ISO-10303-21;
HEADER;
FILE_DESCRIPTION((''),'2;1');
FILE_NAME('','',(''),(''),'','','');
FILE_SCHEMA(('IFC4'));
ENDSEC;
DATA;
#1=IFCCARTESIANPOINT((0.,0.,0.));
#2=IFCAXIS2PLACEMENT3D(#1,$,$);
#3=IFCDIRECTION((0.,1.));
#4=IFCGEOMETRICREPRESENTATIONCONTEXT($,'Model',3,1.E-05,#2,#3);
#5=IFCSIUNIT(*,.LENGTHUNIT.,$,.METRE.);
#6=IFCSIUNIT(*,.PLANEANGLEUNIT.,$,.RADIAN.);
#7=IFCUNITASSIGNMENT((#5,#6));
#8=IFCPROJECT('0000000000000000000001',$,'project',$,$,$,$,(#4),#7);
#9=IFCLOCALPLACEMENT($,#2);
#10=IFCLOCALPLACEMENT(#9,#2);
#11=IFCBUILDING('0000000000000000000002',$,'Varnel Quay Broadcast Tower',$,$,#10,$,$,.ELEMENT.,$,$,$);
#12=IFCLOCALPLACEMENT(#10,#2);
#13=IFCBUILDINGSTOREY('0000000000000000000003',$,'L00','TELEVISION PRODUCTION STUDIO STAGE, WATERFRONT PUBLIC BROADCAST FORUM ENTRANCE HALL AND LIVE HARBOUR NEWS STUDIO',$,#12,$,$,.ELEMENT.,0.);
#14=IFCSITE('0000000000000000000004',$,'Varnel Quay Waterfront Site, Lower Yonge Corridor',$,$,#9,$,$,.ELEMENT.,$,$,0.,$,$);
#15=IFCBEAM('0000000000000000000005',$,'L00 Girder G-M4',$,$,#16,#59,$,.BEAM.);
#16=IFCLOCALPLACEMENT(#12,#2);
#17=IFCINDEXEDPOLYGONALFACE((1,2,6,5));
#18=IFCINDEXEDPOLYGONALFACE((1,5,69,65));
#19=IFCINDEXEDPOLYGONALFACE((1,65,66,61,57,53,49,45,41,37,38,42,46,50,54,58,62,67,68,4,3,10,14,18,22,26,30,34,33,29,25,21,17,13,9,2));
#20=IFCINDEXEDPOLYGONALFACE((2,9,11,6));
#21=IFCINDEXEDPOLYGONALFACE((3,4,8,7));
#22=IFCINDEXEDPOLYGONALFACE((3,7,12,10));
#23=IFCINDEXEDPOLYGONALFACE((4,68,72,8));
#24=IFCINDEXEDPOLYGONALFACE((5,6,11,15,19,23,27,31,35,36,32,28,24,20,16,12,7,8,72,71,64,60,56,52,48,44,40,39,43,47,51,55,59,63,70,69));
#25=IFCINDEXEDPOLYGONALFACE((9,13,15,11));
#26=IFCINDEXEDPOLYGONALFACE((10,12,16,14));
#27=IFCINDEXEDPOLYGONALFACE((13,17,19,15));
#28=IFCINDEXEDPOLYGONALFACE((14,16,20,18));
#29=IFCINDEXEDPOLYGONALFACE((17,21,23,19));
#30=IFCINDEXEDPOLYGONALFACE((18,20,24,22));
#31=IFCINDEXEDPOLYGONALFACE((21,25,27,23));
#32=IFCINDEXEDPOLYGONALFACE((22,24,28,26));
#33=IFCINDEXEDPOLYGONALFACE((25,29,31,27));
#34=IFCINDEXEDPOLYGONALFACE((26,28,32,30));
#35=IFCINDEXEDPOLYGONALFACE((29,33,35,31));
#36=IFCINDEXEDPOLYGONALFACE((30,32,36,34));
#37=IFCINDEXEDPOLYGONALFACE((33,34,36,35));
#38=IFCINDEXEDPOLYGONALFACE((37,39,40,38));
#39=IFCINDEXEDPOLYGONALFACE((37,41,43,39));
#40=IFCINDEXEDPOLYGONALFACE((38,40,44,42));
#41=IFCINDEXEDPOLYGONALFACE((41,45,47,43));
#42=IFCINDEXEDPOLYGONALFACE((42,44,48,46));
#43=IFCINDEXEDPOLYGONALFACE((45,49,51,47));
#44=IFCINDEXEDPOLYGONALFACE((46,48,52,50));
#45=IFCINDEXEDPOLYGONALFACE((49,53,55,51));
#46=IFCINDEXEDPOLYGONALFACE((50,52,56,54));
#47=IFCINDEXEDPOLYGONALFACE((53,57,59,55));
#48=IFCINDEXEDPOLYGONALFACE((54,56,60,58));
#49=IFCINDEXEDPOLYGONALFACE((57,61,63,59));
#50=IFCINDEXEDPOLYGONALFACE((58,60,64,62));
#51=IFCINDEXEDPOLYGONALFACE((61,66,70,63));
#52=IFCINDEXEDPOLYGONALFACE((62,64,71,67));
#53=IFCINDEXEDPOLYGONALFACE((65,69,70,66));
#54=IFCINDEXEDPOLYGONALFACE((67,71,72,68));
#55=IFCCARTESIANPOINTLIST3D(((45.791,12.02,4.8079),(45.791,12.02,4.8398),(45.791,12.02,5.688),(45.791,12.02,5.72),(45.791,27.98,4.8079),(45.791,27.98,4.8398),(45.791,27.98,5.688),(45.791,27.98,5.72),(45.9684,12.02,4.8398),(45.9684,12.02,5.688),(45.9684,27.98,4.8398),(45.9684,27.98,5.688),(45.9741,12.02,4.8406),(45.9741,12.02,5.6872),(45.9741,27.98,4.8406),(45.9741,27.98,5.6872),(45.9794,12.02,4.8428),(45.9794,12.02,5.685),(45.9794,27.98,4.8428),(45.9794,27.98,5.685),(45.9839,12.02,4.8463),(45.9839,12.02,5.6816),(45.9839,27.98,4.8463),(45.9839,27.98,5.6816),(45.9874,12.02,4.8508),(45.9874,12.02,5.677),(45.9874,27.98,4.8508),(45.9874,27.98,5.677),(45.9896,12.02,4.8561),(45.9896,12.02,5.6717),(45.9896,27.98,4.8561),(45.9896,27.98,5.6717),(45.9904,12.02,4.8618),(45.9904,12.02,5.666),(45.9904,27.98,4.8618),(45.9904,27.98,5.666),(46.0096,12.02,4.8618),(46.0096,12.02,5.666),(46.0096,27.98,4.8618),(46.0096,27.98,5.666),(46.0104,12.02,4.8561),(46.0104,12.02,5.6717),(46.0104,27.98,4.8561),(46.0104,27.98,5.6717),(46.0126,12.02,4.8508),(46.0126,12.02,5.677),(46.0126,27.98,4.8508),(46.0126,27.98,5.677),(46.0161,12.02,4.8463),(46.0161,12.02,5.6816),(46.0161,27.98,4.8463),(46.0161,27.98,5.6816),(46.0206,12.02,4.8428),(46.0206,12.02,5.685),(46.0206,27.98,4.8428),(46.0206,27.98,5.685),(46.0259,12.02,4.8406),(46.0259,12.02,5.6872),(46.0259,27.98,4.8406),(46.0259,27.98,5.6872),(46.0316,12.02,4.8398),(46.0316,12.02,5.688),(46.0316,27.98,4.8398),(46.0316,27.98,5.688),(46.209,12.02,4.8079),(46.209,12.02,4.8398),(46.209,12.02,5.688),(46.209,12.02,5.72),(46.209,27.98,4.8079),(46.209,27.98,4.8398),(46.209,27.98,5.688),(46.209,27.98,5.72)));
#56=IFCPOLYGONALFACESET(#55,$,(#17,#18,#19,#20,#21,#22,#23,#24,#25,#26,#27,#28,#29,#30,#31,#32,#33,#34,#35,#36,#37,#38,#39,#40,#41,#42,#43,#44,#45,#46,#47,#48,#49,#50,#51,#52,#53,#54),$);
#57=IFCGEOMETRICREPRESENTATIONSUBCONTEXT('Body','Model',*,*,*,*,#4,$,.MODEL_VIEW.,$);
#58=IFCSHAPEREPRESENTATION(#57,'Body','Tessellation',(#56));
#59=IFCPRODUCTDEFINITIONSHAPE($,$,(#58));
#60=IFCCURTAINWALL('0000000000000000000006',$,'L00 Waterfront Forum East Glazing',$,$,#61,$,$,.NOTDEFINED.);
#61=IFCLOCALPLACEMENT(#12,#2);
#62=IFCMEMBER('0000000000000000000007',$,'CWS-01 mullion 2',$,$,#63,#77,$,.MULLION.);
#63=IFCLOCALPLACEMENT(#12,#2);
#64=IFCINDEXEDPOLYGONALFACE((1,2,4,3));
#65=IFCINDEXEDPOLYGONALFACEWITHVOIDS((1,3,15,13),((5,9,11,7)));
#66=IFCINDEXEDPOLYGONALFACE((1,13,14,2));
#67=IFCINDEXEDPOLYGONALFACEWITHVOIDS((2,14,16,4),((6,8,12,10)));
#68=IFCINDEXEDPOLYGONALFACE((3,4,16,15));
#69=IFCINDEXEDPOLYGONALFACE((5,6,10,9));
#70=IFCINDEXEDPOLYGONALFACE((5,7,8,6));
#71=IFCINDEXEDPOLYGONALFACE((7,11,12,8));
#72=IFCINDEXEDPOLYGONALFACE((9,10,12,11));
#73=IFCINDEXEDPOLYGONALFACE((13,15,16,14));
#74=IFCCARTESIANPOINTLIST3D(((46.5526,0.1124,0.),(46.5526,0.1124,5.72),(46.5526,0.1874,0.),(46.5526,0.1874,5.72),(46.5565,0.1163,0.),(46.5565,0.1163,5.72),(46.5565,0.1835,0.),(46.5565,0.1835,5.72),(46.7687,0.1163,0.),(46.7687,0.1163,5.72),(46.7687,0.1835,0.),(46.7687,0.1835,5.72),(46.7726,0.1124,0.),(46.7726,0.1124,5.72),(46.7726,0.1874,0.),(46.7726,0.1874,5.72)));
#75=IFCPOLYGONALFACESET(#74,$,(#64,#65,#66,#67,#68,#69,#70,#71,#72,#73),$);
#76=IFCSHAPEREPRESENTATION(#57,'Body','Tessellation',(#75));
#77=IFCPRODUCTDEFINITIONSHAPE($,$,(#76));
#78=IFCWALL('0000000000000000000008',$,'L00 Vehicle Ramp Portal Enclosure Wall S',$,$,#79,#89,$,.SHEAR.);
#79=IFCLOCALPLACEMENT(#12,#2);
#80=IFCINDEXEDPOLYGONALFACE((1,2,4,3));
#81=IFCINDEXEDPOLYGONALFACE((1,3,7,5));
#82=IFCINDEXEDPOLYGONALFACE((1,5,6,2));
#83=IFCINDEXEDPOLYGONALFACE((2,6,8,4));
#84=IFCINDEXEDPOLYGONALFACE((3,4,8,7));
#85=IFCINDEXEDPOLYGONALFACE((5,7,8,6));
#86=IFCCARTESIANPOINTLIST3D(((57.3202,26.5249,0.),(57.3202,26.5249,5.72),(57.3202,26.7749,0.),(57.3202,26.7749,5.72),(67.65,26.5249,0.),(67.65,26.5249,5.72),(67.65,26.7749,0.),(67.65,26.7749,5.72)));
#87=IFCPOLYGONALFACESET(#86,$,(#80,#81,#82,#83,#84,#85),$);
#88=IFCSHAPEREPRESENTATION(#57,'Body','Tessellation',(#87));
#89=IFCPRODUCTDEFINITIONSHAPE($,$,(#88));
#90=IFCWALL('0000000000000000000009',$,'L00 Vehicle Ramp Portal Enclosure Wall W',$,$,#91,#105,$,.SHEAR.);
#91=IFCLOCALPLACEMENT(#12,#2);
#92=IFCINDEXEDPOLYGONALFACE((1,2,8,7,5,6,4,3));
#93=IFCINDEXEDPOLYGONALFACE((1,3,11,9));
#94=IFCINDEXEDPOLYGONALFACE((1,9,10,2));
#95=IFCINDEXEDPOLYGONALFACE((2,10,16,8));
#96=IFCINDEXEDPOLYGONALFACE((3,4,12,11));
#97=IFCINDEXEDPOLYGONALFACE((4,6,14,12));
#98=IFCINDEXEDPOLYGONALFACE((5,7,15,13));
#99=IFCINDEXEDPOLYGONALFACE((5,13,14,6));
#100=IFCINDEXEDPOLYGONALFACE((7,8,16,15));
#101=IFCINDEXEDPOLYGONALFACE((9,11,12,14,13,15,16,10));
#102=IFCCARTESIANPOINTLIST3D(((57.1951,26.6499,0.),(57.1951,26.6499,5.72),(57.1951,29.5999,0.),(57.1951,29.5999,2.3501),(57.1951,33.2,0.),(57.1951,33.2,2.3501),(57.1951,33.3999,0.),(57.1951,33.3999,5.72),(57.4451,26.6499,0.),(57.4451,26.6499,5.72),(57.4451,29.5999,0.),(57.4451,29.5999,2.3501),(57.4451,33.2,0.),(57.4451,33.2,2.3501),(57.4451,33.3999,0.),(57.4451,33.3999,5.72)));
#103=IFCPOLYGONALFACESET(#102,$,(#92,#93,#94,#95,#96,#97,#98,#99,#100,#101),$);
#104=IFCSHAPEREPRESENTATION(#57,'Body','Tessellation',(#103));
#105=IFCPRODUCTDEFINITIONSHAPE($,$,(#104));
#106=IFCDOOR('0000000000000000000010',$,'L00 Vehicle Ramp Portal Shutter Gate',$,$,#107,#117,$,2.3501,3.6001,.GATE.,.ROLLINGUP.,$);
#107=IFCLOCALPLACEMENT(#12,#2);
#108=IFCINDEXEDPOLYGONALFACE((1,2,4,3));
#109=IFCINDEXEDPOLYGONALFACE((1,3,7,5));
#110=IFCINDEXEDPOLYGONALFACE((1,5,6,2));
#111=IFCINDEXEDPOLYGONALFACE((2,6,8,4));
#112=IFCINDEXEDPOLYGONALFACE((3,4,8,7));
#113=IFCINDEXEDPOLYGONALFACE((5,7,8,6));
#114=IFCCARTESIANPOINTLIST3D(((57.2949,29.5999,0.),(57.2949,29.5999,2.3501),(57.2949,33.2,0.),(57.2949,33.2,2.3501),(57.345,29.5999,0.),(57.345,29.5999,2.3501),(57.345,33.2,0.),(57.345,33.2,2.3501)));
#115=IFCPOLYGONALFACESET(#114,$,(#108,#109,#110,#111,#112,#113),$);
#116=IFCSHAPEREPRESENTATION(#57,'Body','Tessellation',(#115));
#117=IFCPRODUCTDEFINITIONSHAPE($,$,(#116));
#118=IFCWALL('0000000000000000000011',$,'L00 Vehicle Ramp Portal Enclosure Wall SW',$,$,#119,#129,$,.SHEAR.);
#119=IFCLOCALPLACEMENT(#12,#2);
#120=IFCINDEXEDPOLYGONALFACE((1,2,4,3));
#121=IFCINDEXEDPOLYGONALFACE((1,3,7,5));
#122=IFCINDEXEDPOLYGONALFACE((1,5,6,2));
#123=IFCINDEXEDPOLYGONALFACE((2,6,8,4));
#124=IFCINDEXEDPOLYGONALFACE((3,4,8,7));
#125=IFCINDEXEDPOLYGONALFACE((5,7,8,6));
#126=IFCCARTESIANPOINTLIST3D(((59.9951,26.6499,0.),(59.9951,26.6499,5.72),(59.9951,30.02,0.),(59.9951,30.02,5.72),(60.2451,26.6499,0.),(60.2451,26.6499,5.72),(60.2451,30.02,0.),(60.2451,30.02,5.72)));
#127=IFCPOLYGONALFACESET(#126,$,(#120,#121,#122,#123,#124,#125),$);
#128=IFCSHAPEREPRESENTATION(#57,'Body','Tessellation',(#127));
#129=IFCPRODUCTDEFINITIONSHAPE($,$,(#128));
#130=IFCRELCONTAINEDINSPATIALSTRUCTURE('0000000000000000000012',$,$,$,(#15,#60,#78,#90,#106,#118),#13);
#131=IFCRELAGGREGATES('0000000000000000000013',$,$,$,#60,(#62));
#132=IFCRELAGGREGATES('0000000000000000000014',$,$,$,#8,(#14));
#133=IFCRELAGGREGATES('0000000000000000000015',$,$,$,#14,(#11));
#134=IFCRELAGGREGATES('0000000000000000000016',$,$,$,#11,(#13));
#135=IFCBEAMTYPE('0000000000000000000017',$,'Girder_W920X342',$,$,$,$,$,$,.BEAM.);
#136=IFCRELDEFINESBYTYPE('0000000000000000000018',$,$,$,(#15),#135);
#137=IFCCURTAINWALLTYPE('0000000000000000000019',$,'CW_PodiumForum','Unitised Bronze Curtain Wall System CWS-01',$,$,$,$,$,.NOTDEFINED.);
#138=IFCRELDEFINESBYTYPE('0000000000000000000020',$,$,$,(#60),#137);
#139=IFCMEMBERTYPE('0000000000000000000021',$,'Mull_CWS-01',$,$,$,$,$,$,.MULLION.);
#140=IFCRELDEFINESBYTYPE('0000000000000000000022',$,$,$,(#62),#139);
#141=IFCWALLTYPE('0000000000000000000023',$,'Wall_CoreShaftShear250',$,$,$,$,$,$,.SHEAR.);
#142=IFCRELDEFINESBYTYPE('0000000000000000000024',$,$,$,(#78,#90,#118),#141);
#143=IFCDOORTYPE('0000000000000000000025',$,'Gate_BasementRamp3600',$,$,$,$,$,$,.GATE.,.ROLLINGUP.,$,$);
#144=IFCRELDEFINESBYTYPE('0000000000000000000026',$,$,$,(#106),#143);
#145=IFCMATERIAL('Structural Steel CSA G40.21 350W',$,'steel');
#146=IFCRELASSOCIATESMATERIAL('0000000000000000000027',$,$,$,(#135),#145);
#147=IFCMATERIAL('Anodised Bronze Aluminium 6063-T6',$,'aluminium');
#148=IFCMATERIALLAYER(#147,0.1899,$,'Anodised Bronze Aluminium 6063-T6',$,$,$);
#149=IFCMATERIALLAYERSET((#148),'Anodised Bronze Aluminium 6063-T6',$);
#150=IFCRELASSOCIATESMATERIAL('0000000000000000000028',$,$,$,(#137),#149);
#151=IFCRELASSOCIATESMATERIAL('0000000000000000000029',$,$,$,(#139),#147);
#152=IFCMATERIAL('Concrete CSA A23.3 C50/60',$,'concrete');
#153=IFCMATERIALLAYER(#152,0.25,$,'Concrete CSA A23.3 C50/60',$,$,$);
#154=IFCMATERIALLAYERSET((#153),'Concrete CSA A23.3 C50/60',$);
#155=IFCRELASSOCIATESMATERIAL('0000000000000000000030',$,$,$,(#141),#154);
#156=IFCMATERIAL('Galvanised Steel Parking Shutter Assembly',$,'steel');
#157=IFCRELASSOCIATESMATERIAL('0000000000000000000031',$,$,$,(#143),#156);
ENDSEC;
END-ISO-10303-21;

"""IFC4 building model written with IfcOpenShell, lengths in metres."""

from ifc_helpers import new_model, si_unit, direction, frame, frame_2d, origin, origin_2d, place, context, subcontext, project, spatial, rectangle, hollow_rectangle, i_section, extrude, source, transform, mapped, material, layer, layer_set, material_profile, profile_set, type_object, type_shapes, element, fill, aggregate, save


model = new_model("IFC4")

# Units and contexts
model_context = context("Model", 3, precision=1e-05, world=origin(), true_north=direction((0.0, 1.0)))
body_context = subcontext(model_context, "Body", "Model", "MODEL_VIEW")
ifc_project = project(units=[si_unit("LENGTHUNIT", "METRE"), si_unit("PLANEANGLEUNIT", "RADIAN")], contexts=[model_context])

# Site, building, storey
site_placement = place(None, origin())
site = spatial("IfcSite", under=ifc_project, at=site_placement, Name="Varnel Quay Waterfront Site, Lower Yonge Corridor", CompositionType="ELEMENT", RefElevation=0.0)
building_placement = place(site_placement, origin())
building = spatial("IfcBuilding", under=site, at=building_placement, Name="Varnel Quay Broadcast Tower", CompositionType="ELEMENT")
storey_placement = place(building_placement, origin())
storey = spatial("IfcBuildingStorey", under=building, at=storey_placement, Name="L00", Description="TELEVISION PRODUCTION STUDIO STAGE, WATERFRONT PUBLIC BROADCAST FORUM ENTRANCE HALL AND LIVE HARBOUR NEWS STUDIO", CompositionType="ELEMENT", Elevation=0.0)

# Shared definitions
ifc_material_1 = material(Name="Structural Steel CSA G40.21 350W", Category="steel")

# Beam
ifc_material_profile_1 = material_profile(ifc_material_1, i_section(OverallWidth=0.418, OverallDepth=0.9121, WebThickness=0.0193, FlangeThickness=0.032, FilletRadius=0.022, at=origin_2d()), Name="W920X342")
ifc_profile_set_1 = profile_set([ifc_material_profile_1], Name="Structural Steel CSA G40.21 350W")
beam_type = type_object("IfcBeamType", Name="Girder_W920X342", PredefinedType="BEAM", material=ifc_profile_set_1)
shared_shape_1 = source(origin(), body_context, "Body", "SweptSolid", [
    extrude(i_section(OverallWidth=0.418, OverallDepth=0.9121, WebThickness=0.0193, FlangeThickness=0.032, FilletRadius=0.022, at=origin_2d()), origin(), (0.0, 0.0, 1.0), 15.96),
])
beam_1_placement = place(storey_placement, frame((46.0, 12.02, 5.2639), z_axis=(0.0, 1.0, 0.0), x_axis=(-1.0, 0.0, 0.0)))
element("IfcBeam", 1, at=beam_1_placement, inside=storey, type_object=beam_type, Name="L00 Girder G-M4", PredefinedType="BEAM", context=body_context, shape_type="MappedRepresentation", body=[
    mapped(shared_shape_1, transform((0.0, 0.0, 0.0), x_axis=(1.0, 0.0, 0.0), y_axis=(0.0, 1.0, 0.0), z_axis=(0.0, 0.0, 1.0), scale=1.0)),
])

# Curtain wall, member
ifc_material_2 = material(Name="Anodised Bronze Aluminium 6063-T6", Category="aluminium")
ifc_layer_1 = layer(ifc_material_2, 0.1899, Name="Anodised Bronze Aluminium 6063-T6")
ifc_layer_set_1 = layer_set([ifc_layer_1], Name="Anodised Bronze Aluminium 6063-T6")
curtain_wall_type = type_object("IfcCurtainWallType", Name="CW_PodiumForum", Description="Unitised Bronze Curtain Wall System CWS-01", PredefinedType="NOTDEFINED", material=ifc_layer_set_1)
curtain_wall_placement = place(storey_placement, origin())
curtain_wall = element("IfcCurtainWall", 2, at=curtain_wall_placement, inside=storey, type_object=curtain_wall_type, Name="L00 Waterfront Forum East Glazing", PredefinedType="NOTDEFINED")
ifc_material_profile_2 = material_profile(ifc_material_2, hollow_rectangle(XDim=0.075, YDim=0.22, WallThickness=0.0039, at=origin_2d()), Name="ALU75X220X4")
ifc_profile_set_2 = profile_set([ifc_material_profile_2], Name="Anodised Bronze Aluminium 6063-T6")
member_type = type_object("IfcMemberType", Name="Mull_CWS-01", PredefinedType="MULLION", material=ifc_profile_set_2)
shared_shape_2 = source(origin(), body_context, "Body", "SweptSolid", [
    extrude(hollow_rectangle(XDim=0.075, YDim=0.22, WallThickness=0.0039, at=origin_2d()), origin(), (0.0, 0.0, 1.0), 5.72),
])
type_shapes(member_type, [shared_shape_2])
member_placement = place(storey_placement, frame((46.6626, 0.1499, 0.0), z_axis=(0.0, 0.0, 1.0), x_axis=(0.0, 1.0, 0.0)))
member = element("IfcMember", 3, at=member_placement, type_object=member_type, Name="CWS-01 mullion 2", PredefinedType="MULLION", context=body_context, shape_type="MappedRepresentation", body=[
    mapped(shared_shape_2, transform((0.0, 0.0, 0.0), x_axis=(1.0, 0.0, 0.0), y_axis=(0.0, 1.0, 0.0), z_axis=(0.0, 0.0, 1.0), scale=1.0)),
])
aggregate(curtain_wall, [member])

# Wall
ifc_material_3 = material(Name="Concrete CSA A23.3 C50/60", Category="concrete")
ifc_layer_2 = layer(ifc_material_3, 0.25, Name="Concrete CSA A23.3 C50/60")
ifc_layer_set_2 = layer_set([ifc_layer_2], Name="Concrete CSA A23.3 C50/60")
wall_type_1 = type_object("IfcWallType", Name="Wall_CoreShaftShear250", PredefinedType="SHEAR", material=ifc_layer_set_2)
wall_1_placement = place(storey_placement, frame((57.3201, 26.6499, 0.0), z_axis=(0.0, 0.0, 1.0), x_axis=(1.0, 0.0, 0.0)))
element("IfcWall", 4, at=wall_1_placement, inside=storey, type_object=wall_type_1, Name="L00 Vehicle Ramp Portal Enclosure Wall S", PredefinedType="SHEAR", context=body_context, shape_type="SweptSolid", body=[
    extrude(rectangle(XDim=10.3298, YDim=0.25, at=frame_2d((5.165, 0.0))), origin(), (0.0, 0.0, 1.0), 5.72),
])

# Wall, opening, door
wall_2_placement = place(storey_placement, frame((57.3201, 26.6499, 0.0), z_axis=(0.0, 0.0, 1.0), x_axis=(0.0, 1.0, 0.0)))
wall_2 = element("IfcWall", 5, at=wall_2_placement, inside=storey, type_object=wall_type_1, Name="L00 Vehicle Ramp Portal Enclosure Wall W", PredefinedType="SHEAR", context=body_context, shape_type="SweptSolid", body=[
    extrude(rectangle(XDim=6.75, YDim=0.25, at=frame_2d((3.375, 0.0))), origin(), (0.0, 0.0, 1.0), 5.72),
])
opening_1_placement = place(wall_2_placement, frame((2.95, 0.0, 0.0)))
opening_1 = element("IfcOpeningElement", 6, at=opening_1_placement, cuts=wall_2, PredefinedType="OPENING", context=body_context, shape_type="SweptSolid", body=[
    extrude(rectangle(XDim=3.6001, YDim=2.3501, at=frame_2d((1.8, 1.175))), frame((0.0, 0.135, 0.0), z_axis=(0.0, -1.0, 0.0), x_axis=(1.0, 0.0, 0.0)), (0.0, 0.0, 1.0), 0.27),
])
ifc_material_4 = material(Name="Galvanised Steel Parking Shutter Assembly", Category="steel")
door_type_1 = type_object("IfcDoorType", Name="Gate_BasementRamp3600", OperationType="ROLLINGUP", PredefinedType="GATE", material=ifc_material_4)
shared_shape_3 = source(origin(), body_context, "Body", "SweptSolid", [
    extrude(rectangle(XDim=3.6001, YDim=2.3501, at=frame_2d((1.8, 1.175))), frame((0.0, 0.0249, 0.0), z_axis=(0.0, -1.0, 0.0), x_axis=(1.0, 0.0, 0.0)), (0.0, 0.0, 1.0), 0.05),
])
type_shapes(door_type_1, [shared_shape_3])
door_1_placement = place(opening_1_placement, frame((3.6001, 0.0, 0.0), z_axis=(0.0, 0.0, 1.0), x_axis=(-1.0, 0.0, 0.0)))
door_1 = element("IfcDoor", 7, at=door_1_placement, inside=storey, type_object=door_type_1, Name="L00 Vehicle Ramp Portal Shutter Gate", OperationType="ROLLINGUP", OverallHeight=2.3501, OverallWidth=3.6001, PredefinedType="GATE", context=body_context, shape_type="MappedRepresentation", body=[
    mapped(shared_shape_3, transform((0.0, 0.0, 0.0), x_axis=(1.0, 0.0, 0.0), y_axis=(0.0, 1.0, 0.0), z_axis=(0.0, 0.0, 1.0), scale=1.0)),
])
fill(opening_1, door_1)

# Wall
wall_3_placement = place(storey_placement, frame((60.1201, 26.6499, 0.0), z_axis=(0.0, 0.0, 1.0), x_axis=(0.0, 1.0, 0.0)))
element("IfcWall", 8, at=wall_3_placement, inside=storey, type_object=wall_type_1, Name="L00 Vehicle Ramp Portal Enclosure Wall SW", PredefinedType="SHEAR", context=body_context, shape_type="SweptSolid", body=[
    extrude(rectangle(XDim=3.3701, YDim=0.25, at=frame_2d((1.6851, 0.0))), origin(), (0.0, 0.0, 1.0), 5.72),
])

save(model, "model.ifc")
